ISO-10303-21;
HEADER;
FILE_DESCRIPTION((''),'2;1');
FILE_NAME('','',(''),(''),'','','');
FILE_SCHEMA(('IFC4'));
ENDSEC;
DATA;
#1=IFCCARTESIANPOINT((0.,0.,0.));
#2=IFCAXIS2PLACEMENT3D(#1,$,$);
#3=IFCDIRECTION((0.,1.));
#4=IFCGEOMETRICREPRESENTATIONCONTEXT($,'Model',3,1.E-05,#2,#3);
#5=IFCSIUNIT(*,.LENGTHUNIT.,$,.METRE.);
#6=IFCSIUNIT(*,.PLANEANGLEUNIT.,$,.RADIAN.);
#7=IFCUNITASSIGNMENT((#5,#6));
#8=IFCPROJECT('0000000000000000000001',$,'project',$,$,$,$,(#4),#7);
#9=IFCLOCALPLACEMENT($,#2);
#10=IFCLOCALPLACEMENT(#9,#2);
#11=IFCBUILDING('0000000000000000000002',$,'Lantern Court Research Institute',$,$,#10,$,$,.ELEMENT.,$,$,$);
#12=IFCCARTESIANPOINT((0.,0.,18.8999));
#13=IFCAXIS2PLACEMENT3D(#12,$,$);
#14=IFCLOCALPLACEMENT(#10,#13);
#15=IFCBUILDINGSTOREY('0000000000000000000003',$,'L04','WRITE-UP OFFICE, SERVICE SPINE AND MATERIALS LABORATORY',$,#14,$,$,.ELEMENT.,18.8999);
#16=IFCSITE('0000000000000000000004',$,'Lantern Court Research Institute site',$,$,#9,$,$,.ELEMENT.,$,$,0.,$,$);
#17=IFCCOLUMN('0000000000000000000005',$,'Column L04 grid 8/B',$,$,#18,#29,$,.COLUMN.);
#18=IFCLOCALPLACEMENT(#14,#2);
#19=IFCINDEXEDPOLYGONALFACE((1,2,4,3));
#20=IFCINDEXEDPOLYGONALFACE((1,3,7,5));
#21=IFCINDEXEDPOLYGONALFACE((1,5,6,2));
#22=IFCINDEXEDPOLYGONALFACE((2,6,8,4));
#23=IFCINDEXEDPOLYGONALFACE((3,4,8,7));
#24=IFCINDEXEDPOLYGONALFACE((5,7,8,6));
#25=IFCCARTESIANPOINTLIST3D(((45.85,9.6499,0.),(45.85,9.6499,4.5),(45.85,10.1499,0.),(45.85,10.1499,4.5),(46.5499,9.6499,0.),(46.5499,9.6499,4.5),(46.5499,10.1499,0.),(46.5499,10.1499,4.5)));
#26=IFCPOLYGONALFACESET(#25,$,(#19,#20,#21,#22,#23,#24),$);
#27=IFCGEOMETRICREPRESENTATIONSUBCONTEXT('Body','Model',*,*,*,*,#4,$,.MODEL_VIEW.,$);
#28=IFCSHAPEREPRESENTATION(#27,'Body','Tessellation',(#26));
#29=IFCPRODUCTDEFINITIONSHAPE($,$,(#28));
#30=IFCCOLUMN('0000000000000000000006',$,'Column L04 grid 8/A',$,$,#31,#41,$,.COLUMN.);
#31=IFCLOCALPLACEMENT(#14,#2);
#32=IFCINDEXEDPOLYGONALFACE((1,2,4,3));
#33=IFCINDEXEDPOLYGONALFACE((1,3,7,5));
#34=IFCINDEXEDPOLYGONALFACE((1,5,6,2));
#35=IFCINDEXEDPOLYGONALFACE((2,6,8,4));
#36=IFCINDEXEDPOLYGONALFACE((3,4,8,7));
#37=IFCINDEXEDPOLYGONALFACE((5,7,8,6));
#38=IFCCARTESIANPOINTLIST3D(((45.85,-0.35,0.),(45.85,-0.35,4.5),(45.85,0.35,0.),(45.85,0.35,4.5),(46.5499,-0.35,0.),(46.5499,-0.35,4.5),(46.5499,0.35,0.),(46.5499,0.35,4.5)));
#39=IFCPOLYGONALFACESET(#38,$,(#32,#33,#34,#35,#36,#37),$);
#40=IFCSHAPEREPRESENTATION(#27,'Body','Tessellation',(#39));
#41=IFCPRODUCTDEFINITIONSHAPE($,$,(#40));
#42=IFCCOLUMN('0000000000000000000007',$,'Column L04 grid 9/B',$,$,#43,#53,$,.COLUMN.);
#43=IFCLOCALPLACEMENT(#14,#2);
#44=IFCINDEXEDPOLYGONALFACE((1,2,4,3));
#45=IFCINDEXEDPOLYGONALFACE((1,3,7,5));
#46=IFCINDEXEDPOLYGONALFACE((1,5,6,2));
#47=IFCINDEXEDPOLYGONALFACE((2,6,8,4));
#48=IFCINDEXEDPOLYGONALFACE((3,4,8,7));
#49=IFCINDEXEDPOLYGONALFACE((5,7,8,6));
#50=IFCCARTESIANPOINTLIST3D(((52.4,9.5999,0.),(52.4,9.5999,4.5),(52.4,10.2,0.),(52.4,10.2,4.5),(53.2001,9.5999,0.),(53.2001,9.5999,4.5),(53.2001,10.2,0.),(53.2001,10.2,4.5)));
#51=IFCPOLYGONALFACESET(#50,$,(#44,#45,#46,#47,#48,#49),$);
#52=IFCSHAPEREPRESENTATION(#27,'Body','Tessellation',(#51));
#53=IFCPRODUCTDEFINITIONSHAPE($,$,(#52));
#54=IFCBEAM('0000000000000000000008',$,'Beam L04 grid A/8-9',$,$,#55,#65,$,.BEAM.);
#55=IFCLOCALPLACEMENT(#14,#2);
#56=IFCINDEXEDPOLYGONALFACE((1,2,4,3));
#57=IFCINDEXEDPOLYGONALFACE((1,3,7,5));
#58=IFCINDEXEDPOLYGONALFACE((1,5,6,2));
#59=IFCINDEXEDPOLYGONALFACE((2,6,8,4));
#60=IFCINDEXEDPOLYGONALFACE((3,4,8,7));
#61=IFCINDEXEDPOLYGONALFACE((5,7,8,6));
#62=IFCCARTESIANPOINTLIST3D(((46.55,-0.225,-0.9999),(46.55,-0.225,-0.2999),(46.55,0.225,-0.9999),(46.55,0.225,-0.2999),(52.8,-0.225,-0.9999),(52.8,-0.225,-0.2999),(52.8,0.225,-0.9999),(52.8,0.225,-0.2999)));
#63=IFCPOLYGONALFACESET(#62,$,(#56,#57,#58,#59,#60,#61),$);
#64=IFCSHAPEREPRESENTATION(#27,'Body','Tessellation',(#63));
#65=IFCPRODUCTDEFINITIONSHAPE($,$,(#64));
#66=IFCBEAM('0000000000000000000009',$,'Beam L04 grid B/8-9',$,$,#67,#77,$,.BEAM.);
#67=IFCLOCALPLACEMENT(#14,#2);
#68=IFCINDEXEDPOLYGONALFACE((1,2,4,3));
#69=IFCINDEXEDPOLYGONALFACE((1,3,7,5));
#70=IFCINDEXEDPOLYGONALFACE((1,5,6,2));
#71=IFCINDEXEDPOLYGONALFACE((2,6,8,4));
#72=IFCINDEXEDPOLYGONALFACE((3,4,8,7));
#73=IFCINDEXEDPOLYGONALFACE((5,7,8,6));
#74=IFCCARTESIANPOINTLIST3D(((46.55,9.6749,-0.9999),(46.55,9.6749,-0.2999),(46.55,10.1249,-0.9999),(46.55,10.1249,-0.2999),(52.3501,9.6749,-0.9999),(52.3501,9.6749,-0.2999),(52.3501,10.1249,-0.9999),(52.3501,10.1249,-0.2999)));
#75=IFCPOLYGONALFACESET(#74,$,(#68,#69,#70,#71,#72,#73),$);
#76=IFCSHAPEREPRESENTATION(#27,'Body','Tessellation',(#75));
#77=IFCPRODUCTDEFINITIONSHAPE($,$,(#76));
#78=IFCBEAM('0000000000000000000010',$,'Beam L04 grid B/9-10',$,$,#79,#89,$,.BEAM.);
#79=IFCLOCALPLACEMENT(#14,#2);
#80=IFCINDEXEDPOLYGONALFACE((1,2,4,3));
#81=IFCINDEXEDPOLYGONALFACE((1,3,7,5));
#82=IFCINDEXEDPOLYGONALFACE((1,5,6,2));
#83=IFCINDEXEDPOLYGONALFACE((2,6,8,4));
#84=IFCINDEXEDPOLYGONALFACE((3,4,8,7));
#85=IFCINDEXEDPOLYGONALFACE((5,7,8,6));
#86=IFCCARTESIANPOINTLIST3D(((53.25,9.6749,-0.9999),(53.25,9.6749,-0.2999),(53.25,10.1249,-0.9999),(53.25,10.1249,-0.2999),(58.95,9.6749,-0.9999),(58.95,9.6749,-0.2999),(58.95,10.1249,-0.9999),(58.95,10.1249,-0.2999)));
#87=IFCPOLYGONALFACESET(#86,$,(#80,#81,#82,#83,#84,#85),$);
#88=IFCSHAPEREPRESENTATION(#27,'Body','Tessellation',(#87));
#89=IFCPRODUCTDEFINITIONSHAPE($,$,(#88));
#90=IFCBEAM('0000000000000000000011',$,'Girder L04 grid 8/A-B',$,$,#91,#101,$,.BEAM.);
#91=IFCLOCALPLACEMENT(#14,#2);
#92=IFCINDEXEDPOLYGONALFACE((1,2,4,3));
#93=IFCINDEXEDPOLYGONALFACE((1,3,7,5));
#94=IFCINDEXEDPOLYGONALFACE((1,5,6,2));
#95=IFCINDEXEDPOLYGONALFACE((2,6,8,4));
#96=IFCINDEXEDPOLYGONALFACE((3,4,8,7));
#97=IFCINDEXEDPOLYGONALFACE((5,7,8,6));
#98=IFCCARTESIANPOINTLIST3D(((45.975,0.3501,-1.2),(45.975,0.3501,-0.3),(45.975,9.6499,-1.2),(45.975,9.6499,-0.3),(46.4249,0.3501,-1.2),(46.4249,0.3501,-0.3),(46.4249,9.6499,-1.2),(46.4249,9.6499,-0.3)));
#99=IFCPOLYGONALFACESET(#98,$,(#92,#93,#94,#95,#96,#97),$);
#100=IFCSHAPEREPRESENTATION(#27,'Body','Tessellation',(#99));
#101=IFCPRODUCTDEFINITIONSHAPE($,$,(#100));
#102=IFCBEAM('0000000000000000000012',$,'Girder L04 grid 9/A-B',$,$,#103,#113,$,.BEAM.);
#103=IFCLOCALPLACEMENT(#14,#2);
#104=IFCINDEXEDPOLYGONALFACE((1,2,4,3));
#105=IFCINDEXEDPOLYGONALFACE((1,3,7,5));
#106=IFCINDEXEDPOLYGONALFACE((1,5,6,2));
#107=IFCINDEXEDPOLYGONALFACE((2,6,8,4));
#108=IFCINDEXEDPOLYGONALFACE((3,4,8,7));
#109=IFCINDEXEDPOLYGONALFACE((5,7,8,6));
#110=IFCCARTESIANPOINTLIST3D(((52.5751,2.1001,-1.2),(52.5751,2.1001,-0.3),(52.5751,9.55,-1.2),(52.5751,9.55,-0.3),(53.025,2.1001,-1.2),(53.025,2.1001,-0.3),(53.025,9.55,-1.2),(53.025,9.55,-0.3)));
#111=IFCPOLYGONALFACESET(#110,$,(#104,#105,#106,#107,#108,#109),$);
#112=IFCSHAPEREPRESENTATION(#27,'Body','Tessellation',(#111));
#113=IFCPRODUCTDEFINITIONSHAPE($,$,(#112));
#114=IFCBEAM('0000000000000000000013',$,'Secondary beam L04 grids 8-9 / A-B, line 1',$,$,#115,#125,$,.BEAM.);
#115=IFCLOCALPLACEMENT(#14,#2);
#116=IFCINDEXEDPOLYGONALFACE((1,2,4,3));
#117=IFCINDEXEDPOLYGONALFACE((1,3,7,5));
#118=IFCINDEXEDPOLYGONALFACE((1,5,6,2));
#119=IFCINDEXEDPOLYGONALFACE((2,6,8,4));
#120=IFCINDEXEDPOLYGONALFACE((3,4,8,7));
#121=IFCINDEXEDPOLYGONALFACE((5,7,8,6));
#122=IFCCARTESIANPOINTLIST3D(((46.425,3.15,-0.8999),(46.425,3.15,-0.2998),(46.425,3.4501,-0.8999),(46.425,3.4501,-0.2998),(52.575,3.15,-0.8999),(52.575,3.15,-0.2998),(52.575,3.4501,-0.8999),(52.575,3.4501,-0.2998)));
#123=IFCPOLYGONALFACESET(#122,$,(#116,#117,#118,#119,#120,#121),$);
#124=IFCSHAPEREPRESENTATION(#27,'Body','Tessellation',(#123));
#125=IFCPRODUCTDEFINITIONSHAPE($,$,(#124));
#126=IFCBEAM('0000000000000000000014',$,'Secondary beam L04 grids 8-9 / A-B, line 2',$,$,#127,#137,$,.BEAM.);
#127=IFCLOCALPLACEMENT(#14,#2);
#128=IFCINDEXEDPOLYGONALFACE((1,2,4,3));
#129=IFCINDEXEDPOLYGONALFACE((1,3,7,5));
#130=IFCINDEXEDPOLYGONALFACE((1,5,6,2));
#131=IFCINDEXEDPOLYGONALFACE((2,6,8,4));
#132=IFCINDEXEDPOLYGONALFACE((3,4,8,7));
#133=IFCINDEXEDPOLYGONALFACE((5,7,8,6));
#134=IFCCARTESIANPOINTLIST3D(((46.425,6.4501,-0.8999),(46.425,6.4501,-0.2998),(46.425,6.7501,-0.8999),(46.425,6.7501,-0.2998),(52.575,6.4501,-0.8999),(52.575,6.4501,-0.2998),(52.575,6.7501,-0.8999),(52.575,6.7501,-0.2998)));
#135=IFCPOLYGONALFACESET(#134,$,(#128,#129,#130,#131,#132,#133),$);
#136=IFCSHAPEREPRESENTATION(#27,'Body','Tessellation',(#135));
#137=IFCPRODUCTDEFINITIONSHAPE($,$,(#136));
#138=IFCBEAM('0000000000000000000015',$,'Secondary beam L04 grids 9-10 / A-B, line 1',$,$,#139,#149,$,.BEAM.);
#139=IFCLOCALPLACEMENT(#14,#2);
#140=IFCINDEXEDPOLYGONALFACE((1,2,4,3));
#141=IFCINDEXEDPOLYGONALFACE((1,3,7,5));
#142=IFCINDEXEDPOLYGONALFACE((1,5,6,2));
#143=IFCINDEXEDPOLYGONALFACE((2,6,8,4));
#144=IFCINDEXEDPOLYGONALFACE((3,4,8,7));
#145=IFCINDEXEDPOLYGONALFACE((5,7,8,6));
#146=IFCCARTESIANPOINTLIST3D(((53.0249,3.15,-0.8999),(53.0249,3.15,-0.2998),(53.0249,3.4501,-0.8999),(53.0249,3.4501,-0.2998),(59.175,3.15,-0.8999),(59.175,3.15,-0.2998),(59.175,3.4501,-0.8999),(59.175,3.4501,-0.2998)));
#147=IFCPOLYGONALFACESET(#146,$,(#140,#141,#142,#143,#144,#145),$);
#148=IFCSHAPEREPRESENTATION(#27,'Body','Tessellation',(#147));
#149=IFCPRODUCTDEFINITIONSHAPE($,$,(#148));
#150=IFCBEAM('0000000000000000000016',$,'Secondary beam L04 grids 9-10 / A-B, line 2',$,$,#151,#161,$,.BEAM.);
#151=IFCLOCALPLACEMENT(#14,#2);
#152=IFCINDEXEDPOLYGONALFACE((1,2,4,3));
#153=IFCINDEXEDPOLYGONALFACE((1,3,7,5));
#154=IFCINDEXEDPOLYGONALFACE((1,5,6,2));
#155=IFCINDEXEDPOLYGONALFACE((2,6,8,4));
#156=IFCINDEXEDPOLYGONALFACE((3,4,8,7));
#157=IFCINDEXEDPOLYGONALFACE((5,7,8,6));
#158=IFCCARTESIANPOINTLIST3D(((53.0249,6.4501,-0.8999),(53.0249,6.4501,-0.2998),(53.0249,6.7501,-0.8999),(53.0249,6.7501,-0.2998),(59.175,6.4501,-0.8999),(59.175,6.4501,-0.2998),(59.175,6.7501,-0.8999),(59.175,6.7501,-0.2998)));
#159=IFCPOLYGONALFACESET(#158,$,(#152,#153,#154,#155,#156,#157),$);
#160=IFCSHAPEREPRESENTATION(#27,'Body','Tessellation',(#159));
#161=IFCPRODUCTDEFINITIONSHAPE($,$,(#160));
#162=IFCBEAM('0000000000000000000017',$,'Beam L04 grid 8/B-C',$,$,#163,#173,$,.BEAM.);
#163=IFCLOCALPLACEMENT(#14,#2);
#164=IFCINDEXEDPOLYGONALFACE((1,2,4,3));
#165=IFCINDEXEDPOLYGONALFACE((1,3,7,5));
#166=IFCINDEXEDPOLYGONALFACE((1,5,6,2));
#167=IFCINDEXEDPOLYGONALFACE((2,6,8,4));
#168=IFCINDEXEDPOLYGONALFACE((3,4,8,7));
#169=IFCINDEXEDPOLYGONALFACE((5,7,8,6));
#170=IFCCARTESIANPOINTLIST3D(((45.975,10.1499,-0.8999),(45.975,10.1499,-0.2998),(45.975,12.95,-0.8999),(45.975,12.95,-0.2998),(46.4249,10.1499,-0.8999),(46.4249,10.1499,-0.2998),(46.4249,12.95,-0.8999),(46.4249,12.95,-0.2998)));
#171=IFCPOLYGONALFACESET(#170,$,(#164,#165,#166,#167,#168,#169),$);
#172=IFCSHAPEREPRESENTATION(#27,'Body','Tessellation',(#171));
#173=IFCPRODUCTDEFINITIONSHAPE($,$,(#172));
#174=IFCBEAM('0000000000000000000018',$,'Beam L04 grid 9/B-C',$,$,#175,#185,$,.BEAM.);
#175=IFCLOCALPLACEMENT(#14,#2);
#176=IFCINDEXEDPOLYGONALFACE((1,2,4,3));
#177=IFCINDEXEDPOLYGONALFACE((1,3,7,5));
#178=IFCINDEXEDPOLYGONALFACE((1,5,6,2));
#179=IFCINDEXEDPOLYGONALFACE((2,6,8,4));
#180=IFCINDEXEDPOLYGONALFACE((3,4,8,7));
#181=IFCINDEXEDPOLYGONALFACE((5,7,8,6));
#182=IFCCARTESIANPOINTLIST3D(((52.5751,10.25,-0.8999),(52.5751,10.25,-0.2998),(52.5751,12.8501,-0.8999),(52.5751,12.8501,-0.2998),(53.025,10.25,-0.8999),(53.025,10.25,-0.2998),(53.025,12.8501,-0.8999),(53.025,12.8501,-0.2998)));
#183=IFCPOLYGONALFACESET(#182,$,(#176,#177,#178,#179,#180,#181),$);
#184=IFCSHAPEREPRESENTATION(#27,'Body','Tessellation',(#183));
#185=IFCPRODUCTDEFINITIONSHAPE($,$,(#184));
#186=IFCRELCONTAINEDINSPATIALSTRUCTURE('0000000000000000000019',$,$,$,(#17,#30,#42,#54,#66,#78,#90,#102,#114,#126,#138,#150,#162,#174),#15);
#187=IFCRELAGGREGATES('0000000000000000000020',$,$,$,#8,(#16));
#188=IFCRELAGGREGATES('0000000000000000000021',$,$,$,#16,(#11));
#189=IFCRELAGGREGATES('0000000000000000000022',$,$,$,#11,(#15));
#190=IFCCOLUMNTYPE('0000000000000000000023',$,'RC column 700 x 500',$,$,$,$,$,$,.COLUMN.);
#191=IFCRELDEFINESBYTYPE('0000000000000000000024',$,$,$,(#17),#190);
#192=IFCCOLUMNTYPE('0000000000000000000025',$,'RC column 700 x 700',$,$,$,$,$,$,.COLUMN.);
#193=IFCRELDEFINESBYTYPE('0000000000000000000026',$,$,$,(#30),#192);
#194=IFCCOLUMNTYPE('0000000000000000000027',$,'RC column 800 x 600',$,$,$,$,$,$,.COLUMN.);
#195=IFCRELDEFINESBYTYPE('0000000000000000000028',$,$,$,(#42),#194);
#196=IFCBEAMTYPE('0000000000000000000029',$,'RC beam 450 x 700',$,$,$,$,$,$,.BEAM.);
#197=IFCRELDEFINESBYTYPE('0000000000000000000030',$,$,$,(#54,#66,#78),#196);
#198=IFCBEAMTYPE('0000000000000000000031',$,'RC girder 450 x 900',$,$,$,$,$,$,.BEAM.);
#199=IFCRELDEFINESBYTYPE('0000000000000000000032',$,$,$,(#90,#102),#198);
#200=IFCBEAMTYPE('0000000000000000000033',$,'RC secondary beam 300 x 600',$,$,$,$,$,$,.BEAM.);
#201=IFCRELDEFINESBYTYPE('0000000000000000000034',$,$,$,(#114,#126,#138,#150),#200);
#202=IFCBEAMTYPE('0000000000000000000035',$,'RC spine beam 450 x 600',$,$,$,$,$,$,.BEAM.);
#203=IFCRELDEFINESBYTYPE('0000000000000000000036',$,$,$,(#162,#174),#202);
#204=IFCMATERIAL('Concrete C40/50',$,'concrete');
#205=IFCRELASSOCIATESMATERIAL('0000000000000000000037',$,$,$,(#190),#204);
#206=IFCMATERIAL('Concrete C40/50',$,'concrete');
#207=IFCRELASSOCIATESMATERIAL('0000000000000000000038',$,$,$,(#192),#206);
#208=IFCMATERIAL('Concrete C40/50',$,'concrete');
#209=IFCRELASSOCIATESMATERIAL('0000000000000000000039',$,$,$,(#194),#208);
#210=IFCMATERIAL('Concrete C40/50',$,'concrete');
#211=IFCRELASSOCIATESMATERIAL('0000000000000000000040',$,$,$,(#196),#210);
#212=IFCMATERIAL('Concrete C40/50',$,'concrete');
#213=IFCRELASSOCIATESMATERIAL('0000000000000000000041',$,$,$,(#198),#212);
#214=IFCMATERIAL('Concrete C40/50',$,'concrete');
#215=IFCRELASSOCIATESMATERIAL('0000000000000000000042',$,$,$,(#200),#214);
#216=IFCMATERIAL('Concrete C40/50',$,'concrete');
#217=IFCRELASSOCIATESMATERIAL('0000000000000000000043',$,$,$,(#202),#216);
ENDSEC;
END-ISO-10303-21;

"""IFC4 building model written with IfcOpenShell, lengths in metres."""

from ifc_helpers import new_model, si_unit, direction, frame, origin, origin_2d, place, context, subcontext, project, spatial, rectangle, extrude, material, material_profile, profile_set, type_object, element, save


model = new_model("IFC4")

# Units and contexts
model_context = context("Model", 3, precision=1e-05, world=origin(), true_north=direction((0.0, 1.0)))
body_context = subcontext(model_context, "Body", "Model", "MODEL_VIEW")
ifc_project = project(units=[si_unit("LENGTHUNIT", "METRE"), si_unit("PLANEANGLEUNIT", "RADIAN")], contexts=[model_context])

# Site, building, storey
site_placement = place(None, origin())
site = spatial("IfcSite", under=ifc_project, at=site_placement, Name="Lantern Court Research Institute site", CompositionType="ELEMENT", RefElevation=0.0)
building_placement = place(site_placement, origin())
building = spatial("IfcBuilding", under=site, at=building_placement, Name="Lantern Court Research Institute", CompositionType="ELEMENT")
storey_placement = place(building_placement, frame((0.0, 0.0, 18.8999)))
storey = spatial("IfcBuildingStorey", under=building, at=storey_placement, Name="L04", Description="WRITE-UP OFFICE, SERVICE SPINE AND MATERIALS LABORATORY", CompositionType="ELEMENT", Elevation=18.8999)

# Columns
ifc_material_1 = material(Name="Concrete C40/50", Category="concrete")
ifc_material_profile_1 = material_profile(ifc_material_1, rectangle(XDim=0.7, YDim=0.5, at=origin_2d()), Name="RC column 700 x 500")
ifc_profile_set_1 = profile_set([ifc_material_profile_1], Name="Concrete C40/50")
column_type_1 = type_object("IfcColumnType", Name="RC column 700 x 500", PredefinedType="COLUMN", material=ifc_profile_set_1)
column_1_placement = place(storey_placement, frame((46.2, 9.8999, 0.0), z_axis=(0.0, 0.0, 1.0), x_axis=(1.0, 0.0, 0.0)))
element("IfcColumn", 1, at=column_1_placement, inside=storey, type_object=column_type_1, Name="Column L04 grid 8/B", PredefinedType="COLUMN", context=body_context, shape_type="SweptSolid", body=[
    extrude(rectangle(XDim=0.7, YDim=0.5, at=origin_2d()), origin(), (0.0, 0.0, 1.0), 4.5),
])
ifc_material_2 = material(Name="Concrete C40/50", Category="concrete")
ifc_material_profile_2 = material_profile(ifc_material_2, rectangle(XDim=0.7, YDim=0.7, at=origin_2d()), Name="RC column 700 x 700")
ifc_profile_set_2 = profile_set([ifc_material_profile_2], Name="Concrete C40/50")
column_type_2 = type_object("IfcColumnType", Name="RC column 700 x 700", PredefinedType="COLUMN", material=ifc_profile_set_2)
column_2_placement = place(storey_placement, frame((46.2, 0.0, 0.0), z_axis=(0.0, 0.0, 1.0), x_axis=(1.0, 0.0, 0.0)))
element("IfcColumn", 2, at=column_2_placement, inside=storey, type_object=column_type_2, Name="Column L04 grid 8/A", PredefinedType="COLUMN", context=body_context, shape_type="SweptSolid", body=[
    extrude(rectangle(XDim=0.7, YDim=0.7, at=origin_2d()), origin(), (0.0, 0.0, 1.0), 4.5),
])
ifc_material_3 = material(Name="Concrete C40/50", Category="concrete")
ifc_material_profile_3 = material_profile(ifc_material_3, rectangle(XDim=0.8, YDim=0.6001, at=origin_2d()), Name="RC column 800 x 600")
ifc_profile_set_3 = profile_set([ifc_material_profile_3], Name="Concrete C40/50")
column_type_3 = type_object("IfcColumnType", Name="RC column 800 x 600", PredefinedType="COLUMN", material=ifc_profile_set_3)
column_3_placement = place(storey_placement, frame((52.8, 9.8999, 0.0), z_axis=(0.0, 0.0, 1.0), x_axis=(1.0, 0.0, 0.0)))
element("IfcColumn", 3, at=column_3_placement, inside=storey, type_object=column_type_3, Name="Column L04 grid 9/B", PredefinedType="COLUMN", context=body_context, shape_type="SweptSolid", body=[
    extrude(rectangle(XDim=0.8, YDim=0.6001, at=origin_2d()), origin(), (0.0, 0.0, 1.0), 4.5),
])

# Beams
ifc_material_4 = material(Name="Concrete C40/50", Category="concrete")
ifc_material_profile_4 = material_profile(ifc_material_4, rectangle(XDim=0.45, YDim=0.7, at=origin_2d()), Name="RC beam 450 x 700")
ifc_profile_set_4 = profile_set([ifc_material_profile_4], Name="Concrete C40/50")
beam_type_1 = type_object("IfcBeamType", Name="RC beam 450 x 700", PredefinedType="BEAM", material=ifc_profile_set_4)
beam_1_placement = place(storey_placement, frame((46.55, 0.0, -0.6499), z_axis=(1.0, 0.0, 0.0), x_axis=(0.0, 1.0, 0.0)))
element("IfcBeam", 4, at=beam_1_placement, inside=storey, type_object=beam_type_1, Name="Beam L04 grid A/8-9", PredefinedType="BEAM", context=body_context, shape_type="SweptSolid", body=[
    extrude(rectangle(XDim=0.45, YDim=0.7, at=origin_2d()), origin(), (0.0, 0.0, 1.0), 6.25),
])
beam_2_placement = place(storey_placement, frame((46.55, 9.8999, -0.6499), z_axis=(1.0, 0.0, 0.0), x_axis=(0.0, 1.0, 0.0)))
element("IfcBeam", 5, at=beam_2_placement, inside=storey, type_object=beam_type_1, Name="Beam L04 grid B/8-9", PredefinedType="BEAM", context=body_context, shape_type="SweptSolid", body=[
    extrude(rectangle(XDim=0.45, YDim=0.7, at=origin_2d()), origin(), (0.0, 0.0, 1.0), 5.8),
])
beam_3_placement = place(storey_placement, frame((53.25, 9.8999, -0.6499), z_axis=(1.0, 0.0, 0.0), x_axis=(0.0, 1.0, 0.0)))
element("IfcBeam", 6, at=beam_3_placement, inside=storey, type_object=beam_type_1, Name="Beam L04 grid B/9-10", PredefinedType="BEAM", context=body_context, shape_type="SweptSolid", body=[
    extrude(rectangle(XDim=0.45, YDim=0.7, at=origin_2d()), origin(), (0.0, 0.0, 1.0), 5.7),
])
ifc_material_5 = material(Name="Concrete C40/50", Category="concrete")
ifc_material_profile_5 = material_profile(ifc_material_5, rectangle(XDim=0.45, YDim=0.8999, at=origin_2d()), Name="RC beam 450 x 900")
ifc_profile_set_5 = profile_set([ifc_material_profile_5], Name="Concrete C40/50")
beam_type_2 = type_object("IfcBeamType", Name="RC girder 450 x 900", PredefinedType="BEAM", material=ifc_profile_set_5)
beam_4_placement = place(storey_placement, frame((46.2, 0.3501, -0.75), z_axis=(0.0, 1.0, 0.0), x_axis=(-1.0, 0.0, 0.0)))
element("IfcBeam", 7, at=beam_4_placement, inside=storey, type_object=beam_type_2, Name="Girder L04 grid 8/A-B", PredefinedType="BEAM", context=body_context, shape_type="SweptSolid", body=[
    extrude(rectangle(XDim=0.45, YDim=0.8999, at=origin_2d()), origin(), (0.0, 0.0, 1.0), 9.2998),
])
beam_5_placement = place(storey_placement, frame((52.8, 2.1001, -0.75), z_axis=(0.0, 1.0, 0.0), x_axis=(-1.0, 0.0, 0.0)))
element("IfcBeam", 8, at=beam_5_placement, inside=storey, type_object=beam_type_2, Name="Girder L04 grid 9/A-B", PredefinedType="BEAM", context=body_context, shape_type="SweptSolid", body=[
    extrude(rectangle(XDim=0.45, YDim=0.8999, at=origin_2d()), origin(), (0.0, 0.0, 1.0), 7.45),
])
ifc_material_6 = material(Name="Concrete C40/50", Category="concrete")
ifc_material_profile_6 = material_profile(ifc_material_6, rectangle(XDim=0.3, YDim=0.6001, at=origin_2d()), Name="RC beam 300 x 600")
ifc_profile_set_6 = profile_set([ifc_material_profile_6], Name="Concrete C40/50")
beam_type_3 = type_object("IfcBeamType", Name="RC secondary beam 300 x 600", PredefinedType="BEAM", material=ifc_profile_set_6)
for number, where, z_axis, x_axis, name in (
    (9, (46.425, 3.3, -0.5999), (1.0, 0.0, 0.0), (0.0, 1.0, 0.0), "Secondary beam L04 grids 8-9 / A-B, line 1"),
    (10, (46.425, 6.6001, -0.5999), (1.0, 0.0, 0.0), (0.0, 1.0, 0.0), "Secondary beam L04 grids 8-9 / A-B, line 2"),
):
    element("IfcBeam", number, at=place(storey_placement, frame(where, z_axis=z_axis, x_axis=x_axis)), inside=storey, type_object=beam_type_3, Name=name, PredefinedType="BEAM", context=body_context, shape_type="SweptSolid", body=[
        extrude(rectangle(XDim=0.3, YDim=0.6001, at=origin_2d()), origin(), (0.0, 0.0, 1.0), 6.1499),
    ])
for number, where, z_axis, x_axis, name in (
    (11, (53.0249, 3.3, -0.5999), (1.0, 0.0, 0.0), (0.0, 1.0, 0.0), "Secondary beam L04 grids 9-10 / A-B, line 1"),
    (12, (53.0249, 6.6001, -0.5999), (1.0, 0.0, 0.0), (0.0, 1.0, 0.0), "Secondary beam L04 grids 9-10 / A-B, line 2"),
):
    element("IfcBeam", number, at=place(storey_placement, frame(where, z_axis=z_axis, x_axis=x_axis)), inside=storey, type_object=beam_type_3, Name=name, PredefinedType="BEAM", context=body_context, shape_type="SweptSolid", body=[
        extrude(rectangle(XDim=0.3, YDim=0.6001, at=origin_2d()), origin(), (0.0, 0.0, 1.0), 6.1501),
    ])
ifc_material_7 = material(Name="Concrete C40/50", Category="concrete")
ifc_material_profile_7 = material_profile(ifc_material_7, rectangle(XDim=0.45, YDim=0.6001, at=origin_2d()), Name="RC beam 450 x 600")
ifc_profile_set_7 = profile_set([ifc_material_profile_7], Name="Concrete C40/50")
beam_type_4 = type_object("IfcBeamType", Name="RC spine beam 450 x 600", PredefinedType="BEAM", material=ifc_profile_set_7)
beam_6_placement = place(storey_placement, frame((46.2, 10.1499, -0.5999), z_axis=(0.0, 1.0, 0.0), x_axis=(-1.0, 0.0, 0.0)))
element("IfcBeam", 13, at=beam_6_placement, inside=storey, type_object=beam_type_4, Name="Beam L04 grid 8/B-C", PredefinedType="BEAM", context=body_context, shape_type="SweptSolid", body=[
    extrude(rectangle(XDim=0.45, YDim=0.6001, at=origin_2d()), origin(), (0.0, 0.0, 1.0), 2.8),
])
beam_7_placement = place(storey_placement, frame((52.8, 10.25, -0.5999), z_axis=(0.0, 1.0, 0.0), x_axis=(-1.0, 0.0, 0.0)))
element("IfcBeam", 14, at=beam_7_placement, inside=storey, type_object=beam_type_4, Name="Beam L04 grid 9/B-C", PredefinedType="BEAM", context=body_context, shape_type="SweptSolid", body=[
    extrude(rectangle(XDim=0.45, YDim=0.6001, at=origin_2d()), origin(), (0.0, 0.0, 1.0), 2.6001),
])

save(model, "model.ifc")
